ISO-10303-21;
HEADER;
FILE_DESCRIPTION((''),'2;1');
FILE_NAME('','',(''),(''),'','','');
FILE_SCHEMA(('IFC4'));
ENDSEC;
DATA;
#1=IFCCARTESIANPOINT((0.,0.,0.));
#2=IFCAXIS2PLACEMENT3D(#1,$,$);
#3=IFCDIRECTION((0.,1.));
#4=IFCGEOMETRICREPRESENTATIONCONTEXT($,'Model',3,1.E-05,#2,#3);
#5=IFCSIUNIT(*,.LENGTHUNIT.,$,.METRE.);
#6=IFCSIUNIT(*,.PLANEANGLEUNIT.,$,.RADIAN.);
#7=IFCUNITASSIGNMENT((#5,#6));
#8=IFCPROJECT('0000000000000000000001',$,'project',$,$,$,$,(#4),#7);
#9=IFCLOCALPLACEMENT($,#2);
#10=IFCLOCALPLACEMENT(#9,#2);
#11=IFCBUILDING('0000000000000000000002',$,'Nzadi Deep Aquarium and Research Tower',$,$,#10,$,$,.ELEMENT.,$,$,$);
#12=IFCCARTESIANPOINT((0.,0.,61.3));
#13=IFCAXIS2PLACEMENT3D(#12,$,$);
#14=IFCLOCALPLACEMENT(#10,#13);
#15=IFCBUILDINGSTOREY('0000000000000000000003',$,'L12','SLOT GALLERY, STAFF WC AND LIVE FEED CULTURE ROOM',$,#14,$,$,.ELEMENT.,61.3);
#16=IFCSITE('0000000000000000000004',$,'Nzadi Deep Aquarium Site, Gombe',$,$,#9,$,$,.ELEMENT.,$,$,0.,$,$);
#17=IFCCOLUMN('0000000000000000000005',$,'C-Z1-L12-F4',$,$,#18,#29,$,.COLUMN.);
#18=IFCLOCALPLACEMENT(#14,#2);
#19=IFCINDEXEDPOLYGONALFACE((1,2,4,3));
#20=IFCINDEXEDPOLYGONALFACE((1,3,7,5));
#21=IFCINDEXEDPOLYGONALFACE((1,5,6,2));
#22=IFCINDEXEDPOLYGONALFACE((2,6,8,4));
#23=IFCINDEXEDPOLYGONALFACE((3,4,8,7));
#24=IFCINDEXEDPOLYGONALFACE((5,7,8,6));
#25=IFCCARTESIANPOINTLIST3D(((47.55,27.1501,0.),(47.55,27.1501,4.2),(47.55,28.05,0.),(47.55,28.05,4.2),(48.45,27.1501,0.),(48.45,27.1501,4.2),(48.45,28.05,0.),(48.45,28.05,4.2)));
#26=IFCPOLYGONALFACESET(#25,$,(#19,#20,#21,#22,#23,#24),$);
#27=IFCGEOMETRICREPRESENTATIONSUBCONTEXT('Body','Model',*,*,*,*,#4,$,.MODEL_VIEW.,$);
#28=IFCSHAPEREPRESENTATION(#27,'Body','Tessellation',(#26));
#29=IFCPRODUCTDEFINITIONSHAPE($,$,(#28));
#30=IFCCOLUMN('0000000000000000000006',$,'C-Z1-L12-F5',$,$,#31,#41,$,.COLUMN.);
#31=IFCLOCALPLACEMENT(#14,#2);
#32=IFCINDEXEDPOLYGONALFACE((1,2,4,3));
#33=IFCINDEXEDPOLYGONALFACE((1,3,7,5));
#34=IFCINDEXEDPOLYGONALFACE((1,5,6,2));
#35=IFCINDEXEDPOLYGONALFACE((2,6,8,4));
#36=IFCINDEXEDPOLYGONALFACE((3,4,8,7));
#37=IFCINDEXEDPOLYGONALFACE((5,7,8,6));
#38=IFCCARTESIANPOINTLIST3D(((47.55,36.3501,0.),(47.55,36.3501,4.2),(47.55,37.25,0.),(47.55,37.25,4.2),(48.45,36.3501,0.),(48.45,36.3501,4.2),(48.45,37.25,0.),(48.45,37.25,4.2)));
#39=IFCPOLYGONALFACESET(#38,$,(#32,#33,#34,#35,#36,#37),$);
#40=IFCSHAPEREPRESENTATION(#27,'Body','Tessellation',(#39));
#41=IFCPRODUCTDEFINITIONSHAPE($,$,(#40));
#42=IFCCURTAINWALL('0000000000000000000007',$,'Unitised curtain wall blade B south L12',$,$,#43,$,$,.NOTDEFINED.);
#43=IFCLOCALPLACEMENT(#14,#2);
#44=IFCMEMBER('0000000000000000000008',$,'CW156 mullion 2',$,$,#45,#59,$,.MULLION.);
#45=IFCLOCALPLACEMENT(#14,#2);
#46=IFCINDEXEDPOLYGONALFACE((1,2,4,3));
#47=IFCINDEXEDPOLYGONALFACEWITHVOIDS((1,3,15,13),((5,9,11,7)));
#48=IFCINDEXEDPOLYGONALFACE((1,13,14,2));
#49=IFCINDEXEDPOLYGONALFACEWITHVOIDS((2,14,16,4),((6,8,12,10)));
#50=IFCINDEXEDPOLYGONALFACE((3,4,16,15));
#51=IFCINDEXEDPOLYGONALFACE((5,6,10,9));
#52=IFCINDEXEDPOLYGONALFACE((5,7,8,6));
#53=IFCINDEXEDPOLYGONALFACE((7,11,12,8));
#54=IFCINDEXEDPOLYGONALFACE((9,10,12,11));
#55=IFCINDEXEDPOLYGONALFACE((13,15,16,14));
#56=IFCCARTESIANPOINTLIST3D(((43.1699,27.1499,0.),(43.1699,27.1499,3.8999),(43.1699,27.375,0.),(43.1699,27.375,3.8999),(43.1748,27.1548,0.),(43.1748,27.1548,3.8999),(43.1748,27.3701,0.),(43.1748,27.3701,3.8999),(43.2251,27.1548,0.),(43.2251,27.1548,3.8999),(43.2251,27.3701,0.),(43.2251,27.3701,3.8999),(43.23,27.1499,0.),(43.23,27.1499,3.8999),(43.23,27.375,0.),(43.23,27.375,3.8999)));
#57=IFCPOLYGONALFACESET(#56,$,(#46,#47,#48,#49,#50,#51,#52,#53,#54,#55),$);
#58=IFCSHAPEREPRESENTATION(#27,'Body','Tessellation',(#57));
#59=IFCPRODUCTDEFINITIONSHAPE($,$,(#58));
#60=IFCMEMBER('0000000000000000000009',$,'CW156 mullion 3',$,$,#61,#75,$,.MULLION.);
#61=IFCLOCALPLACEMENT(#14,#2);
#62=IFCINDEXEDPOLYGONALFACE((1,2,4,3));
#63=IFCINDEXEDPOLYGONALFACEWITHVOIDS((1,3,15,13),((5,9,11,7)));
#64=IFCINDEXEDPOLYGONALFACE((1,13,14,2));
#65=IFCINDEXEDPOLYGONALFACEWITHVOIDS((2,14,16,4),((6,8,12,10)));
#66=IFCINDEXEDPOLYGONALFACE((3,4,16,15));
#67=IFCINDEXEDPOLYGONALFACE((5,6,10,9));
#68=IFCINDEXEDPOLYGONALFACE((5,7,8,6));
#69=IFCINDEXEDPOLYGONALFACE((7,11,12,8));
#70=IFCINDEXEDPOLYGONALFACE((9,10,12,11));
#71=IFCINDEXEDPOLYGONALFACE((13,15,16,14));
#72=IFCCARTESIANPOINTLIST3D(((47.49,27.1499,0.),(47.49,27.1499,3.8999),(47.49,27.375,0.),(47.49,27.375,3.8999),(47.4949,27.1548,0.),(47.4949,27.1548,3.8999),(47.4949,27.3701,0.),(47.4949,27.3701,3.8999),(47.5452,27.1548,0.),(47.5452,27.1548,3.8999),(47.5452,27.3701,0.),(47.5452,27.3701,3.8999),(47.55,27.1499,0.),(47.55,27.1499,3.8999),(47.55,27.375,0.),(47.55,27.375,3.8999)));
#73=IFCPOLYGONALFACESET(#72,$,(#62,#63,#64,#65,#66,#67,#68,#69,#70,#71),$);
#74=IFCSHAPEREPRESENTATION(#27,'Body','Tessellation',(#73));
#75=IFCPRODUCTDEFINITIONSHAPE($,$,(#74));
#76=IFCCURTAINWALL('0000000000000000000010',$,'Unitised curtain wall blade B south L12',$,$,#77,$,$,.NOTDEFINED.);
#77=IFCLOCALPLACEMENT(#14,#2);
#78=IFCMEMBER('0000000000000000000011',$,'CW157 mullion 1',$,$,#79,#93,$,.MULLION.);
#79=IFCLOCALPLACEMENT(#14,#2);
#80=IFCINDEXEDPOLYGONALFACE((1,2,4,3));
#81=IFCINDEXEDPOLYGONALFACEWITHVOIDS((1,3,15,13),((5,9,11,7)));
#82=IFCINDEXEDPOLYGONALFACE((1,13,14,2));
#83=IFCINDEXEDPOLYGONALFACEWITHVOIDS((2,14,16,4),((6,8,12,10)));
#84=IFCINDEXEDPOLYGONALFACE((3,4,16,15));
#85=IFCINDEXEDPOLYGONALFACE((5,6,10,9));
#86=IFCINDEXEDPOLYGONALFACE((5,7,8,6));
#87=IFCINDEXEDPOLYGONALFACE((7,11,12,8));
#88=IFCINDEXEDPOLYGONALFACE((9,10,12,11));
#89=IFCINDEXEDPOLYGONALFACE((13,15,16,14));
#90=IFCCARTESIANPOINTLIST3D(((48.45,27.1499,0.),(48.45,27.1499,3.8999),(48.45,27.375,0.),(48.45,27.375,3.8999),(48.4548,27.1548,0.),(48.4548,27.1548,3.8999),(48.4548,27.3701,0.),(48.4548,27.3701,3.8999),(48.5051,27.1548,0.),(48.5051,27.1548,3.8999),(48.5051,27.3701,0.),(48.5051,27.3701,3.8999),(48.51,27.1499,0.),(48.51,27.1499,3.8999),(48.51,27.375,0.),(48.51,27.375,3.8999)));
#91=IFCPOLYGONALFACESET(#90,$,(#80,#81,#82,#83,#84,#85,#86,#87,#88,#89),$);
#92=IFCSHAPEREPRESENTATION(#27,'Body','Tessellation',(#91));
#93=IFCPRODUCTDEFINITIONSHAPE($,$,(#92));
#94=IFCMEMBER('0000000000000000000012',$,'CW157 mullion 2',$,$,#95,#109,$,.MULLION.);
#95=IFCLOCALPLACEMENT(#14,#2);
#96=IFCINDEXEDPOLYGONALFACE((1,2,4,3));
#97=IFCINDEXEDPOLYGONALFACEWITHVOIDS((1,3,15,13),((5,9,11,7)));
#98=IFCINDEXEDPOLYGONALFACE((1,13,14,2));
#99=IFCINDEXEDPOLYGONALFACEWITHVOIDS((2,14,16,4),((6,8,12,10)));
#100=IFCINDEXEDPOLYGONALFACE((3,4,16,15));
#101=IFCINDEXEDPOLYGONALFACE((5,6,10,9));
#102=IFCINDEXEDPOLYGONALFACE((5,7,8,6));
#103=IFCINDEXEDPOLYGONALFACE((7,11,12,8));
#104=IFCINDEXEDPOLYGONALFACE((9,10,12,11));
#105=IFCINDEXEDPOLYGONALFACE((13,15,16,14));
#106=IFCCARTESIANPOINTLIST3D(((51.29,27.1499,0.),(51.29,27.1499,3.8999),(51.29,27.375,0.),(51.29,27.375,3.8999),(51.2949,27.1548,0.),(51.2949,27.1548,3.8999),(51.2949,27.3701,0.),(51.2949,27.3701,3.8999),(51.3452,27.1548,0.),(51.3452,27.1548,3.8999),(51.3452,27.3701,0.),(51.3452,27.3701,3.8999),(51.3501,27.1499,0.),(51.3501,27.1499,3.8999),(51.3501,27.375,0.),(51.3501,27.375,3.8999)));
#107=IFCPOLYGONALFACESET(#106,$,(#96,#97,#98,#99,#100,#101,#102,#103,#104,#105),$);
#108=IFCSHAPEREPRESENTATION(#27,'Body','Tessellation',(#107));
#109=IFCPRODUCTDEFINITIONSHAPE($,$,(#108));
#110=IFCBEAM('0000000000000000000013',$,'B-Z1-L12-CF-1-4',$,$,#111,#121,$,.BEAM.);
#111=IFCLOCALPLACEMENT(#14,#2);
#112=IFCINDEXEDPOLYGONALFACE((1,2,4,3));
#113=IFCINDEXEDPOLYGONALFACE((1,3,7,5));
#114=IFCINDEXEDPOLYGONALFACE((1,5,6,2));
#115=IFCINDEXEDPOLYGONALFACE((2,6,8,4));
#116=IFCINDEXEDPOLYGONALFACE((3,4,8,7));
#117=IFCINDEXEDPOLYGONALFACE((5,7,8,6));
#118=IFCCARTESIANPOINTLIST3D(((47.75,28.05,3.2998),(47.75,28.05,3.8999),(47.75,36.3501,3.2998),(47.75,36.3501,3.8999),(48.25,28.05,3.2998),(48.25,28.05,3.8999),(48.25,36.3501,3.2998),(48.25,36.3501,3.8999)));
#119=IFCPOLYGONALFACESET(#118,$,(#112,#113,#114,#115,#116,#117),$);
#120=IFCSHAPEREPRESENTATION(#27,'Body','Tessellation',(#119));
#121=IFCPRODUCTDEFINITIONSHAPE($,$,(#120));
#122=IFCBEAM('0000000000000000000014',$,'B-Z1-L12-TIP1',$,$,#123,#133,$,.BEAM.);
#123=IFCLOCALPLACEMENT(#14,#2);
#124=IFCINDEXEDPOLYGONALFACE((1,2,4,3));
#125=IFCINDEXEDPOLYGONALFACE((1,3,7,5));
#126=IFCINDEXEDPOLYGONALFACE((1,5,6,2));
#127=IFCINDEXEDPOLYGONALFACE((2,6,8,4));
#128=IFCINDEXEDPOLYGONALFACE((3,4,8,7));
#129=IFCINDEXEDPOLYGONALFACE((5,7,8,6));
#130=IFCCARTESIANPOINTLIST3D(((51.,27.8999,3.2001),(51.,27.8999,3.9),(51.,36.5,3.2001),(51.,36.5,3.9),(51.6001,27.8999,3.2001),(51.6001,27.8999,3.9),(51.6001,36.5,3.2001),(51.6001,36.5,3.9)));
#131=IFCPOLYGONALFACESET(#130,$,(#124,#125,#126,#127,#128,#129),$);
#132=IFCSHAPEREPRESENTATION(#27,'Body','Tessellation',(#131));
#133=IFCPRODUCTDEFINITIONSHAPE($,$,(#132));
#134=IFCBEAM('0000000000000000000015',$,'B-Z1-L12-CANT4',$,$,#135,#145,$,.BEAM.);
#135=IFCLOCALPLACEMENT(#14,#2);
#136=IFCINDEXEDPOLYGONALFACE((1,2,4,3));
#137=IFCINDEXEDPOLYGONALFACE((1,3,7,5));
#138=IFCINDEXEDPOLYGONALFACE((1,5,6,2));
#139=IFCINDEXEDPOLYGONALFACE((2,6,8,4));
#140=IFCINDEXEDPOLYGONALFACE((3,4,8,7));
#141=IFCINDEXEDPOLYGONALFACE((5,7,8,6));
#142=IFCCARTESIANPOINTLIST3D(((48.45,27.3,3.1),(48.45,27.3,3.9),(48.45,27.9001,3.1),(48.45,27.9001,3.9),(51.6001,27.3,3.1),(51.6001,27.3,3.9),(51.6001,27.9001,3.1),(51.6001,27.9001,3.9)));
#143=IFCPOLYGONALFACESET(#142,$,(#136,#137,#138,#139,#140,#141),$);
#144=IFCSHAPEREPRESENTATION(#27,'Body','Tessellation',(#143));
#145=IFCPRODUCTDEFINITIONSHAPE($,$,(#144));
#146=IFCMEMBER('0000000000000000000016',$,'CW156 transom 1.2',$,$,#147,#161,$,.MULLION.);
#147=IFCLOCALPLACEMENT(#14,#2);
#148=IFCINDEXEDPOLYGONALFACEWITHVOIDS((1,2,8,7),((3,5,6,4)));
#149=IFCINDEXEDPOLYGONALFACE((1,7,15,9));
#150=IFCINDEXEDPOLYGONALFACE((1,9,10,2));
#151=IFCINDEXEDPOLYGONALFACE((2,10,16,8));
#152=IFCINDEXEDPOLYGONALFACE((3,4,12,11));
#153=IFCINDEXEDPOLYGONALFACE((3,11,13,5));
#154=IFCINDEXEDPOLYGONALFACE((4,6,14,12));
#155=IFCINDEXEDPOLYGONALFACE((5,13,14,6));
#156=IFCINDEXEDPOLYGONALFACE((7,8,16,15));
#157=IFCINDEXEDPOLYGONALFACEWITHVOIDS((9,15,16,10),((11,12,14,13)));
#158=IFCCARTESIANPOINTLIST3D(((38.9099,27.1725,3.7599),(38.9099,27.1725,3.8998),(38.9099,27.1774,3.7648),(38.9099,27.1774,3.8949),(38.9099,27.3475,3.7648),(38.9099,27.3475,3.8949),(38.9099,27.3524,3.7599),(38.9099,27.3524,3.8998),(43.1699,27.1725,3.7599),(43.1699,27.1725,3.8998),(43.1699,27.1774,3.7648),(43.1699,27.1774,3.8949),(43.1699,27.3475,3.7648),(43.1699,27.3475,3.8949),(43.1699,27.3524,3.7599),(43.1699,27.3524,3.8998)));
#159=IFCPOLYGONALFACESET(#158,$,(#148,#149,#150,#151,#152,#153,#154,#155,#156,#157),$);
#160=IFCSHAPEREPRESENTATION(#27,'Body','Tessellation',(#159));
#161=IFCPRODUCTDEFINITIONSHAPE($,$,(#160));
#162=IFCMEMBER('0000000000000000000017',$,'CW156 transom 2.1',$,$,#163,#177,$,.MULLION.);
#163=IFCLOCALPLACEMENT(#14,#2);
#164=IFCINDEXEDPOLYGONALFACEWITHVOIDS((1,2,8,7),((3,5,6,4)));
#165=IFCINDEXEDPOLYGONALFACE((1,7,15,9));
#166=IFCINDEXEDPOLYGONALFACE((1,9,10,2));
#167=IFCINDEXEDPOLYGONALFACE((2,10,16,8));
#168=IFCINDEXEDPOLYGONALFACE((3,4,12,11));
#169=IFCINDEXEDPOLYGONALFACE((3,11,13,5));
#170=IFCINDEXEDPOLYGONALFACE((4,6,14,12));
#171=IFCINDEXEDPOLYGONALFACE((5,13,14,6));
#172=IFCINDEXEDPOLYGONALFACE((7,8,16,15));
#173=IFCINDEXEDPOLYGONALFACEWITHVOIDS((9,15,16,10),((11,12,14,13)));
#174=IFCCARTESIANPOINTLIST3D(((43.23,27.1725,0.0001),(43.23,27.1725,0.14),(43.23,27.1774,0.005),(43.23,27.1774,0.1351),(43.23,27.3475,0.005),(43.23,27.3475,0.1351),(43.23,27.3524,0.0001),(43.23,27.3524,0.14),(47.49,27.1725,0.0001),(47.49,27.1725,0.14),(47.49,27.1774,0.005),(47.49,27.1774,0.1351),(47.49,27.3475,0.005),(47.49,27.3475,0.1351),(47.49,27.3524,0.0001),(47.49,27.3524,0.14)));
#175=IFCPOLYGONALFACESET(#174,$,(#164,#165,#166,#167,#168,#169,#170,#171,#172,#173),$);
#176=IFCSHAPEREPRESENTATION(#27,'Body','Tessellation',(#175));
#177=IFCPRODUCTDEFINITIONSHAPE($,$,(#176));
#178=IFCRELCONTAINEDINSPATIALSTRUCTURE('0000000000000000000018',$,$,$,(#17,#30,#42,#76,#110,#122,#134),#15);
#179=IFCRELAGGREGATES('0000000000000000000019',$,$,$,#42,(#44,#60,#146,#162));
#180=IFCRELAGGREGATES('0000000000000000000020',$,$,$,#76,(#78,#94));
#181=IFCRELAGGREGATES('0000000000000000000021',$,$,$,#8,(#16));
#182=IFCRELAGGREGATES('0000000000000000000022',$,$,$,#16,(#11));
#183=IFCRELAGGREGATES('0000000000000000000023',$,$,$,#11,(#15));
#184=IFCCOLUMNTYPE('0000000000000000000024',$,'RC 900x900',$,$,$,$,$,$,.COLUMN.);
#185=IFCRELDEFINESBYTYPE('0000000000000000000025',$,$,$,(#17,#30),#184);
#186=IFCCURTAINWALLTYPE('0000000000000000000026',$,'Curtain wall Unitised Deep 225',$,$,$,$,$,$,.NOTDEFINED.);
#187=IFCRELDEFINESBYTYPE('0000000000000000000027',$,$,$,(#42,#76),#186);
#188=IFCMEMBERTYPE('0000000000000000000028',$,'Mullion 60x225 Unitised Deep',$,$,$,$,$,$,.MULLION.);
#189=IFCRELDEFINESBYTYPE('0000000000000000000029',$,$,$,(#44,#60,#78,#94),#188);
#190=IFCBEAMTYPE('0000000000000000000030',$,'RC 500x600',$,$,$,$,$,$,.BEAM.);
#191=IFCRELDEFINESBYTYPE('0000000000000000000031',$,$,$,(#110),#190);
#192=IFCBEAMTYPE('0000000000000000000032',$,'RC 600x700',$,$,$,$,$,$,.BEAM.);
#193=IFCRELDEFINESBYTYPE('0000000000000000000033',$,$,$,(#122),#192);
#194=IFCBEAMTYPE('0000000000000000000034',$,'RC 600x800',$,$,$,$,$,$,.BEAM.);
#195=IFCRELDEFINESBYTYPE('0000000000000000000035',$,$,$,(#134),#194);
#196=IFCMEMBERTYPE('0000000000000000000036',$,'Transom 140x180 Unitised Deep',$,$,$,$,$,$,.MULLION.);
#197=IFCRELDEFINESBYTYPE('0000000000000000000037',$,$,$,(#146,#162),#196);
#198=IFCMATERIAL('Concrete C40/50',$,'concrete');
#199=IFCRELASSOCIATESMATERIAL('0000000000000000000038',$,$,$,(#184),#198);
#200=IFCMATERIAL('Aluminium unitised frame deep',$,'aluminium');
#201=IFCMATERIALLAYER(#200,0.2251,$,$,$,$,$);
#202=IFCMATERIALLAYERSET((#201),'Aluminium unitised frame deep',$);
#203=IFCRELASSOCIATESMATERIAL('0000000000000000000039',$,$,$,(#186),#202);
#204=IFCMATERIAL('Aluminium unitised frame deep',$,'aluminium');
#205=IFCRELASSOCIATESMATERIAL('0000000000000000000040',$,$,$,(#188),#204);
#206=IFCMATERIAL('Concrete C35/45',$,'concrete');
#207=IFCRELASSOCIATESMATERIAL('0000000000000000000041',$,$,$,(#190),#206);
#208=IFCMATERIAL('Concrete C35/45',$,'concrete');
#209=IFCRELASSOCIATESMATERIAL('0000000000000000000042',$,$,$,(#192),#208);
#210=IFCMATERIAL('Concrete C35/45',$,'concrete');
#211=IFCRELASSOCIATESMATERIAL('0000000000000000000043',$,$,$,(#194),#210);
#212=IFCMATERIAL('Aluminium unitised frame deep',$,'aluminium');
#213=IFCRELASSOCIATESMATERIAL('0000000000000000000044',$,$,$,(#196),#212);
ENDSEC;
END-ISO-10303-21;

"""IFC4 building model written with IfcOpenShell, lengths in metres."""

from ifc_helpers import new_model, si_unit, direction, frame, origin, origin_2d, place, context, subcontext, project, spatial, rectangle, hollow_rectangle, extrude, material, layer, layer_set, material_profile, profile_set, type_object, element, aggregate, save


model = new_model("IFC4")

# Units and contexts
model_context = context("Model", 3, precision=1e-05, world=origin(), true_north=direction((0.0, 1.0)))
body_context = subcontext(model_context, "Body", "Model", "MODEL_VIEW")
ifc_project = project(units=[si_unit("LENGTHUNIT", "METRE"), si_unit("PLANEANGLEUNIT", "RADIAN")], contexts=[model_context])

# Site, building, storey
site_placement = place(None, origin())
site = spatial("IfcSite", under=ifc_project, at=site_placement, Name="Nzadi Deep Aquarium Site, Gombe", CompositionType="ELEMENT", RefElevation=0.0)
building_placement = place(site_placement, origin())
building = spatial("IfcBuilding", under=site, at=building_placement, Name="Nzadi Deep Aquarium and Research Tower", CompositionType="ELEMENT")
storey_placement = place(building_placement, frame((0.0, 0.0, 61.3)))
storey = spatial("IfcBuildingStorey", under=building, at=storey_placement, Name="L12", Description="SLOT GALLERY, STAFF WC AND LIVE FEED CULTURE ROOM", CompositionType="ELEMENT", Elevation=61.3)

# Columns
ifc_material_1 = material(Name="Concrete C40/50", Category="concrete")
ifc_material_profile_1 = material_profile(ifc_material_1, rectangle(XDim=0.8999, YDim=0.8999, at=origin_2d()))
ifc_profile_set_1 = profile_set([ifc_material_profile_1], Name="Concrete C40/50")
column_type = type_object("IfcColumnType", Name="RC 900x900", PredefinedType="COLUMN", material=ifc_profile_set_1)
for number, where, z_axis, x_axis, name in (
    (1, (48.0, 27.6001, 0.0), (0.0, 0.0, 1.0), (1.0, 0.0, 0.0), "C-Z1-L12-F4"),
    (2, (48.0, 36.8, 0.0), (0.0, 0.0, 1.0), (1.0, 0.0, 0.0), "C-Z1-L12-F5"),
):
    element("IfcColumn", number, at=place(storey_placement, frame(where, z_axis=z_axis, x_axis=x_axis)), inside=storey, type_object=column_type, Name=name, PredefinedType="COLUMN", context=body_context, shape_type="SweptSolid", body=[
        extrude(rectangle(XDim=0.8999, YDim=0.8999, at=origin_2d()), origin(), (0.0, 0.0, 1.0), 4.2),
    ])

# Curtain walls, members
ifc_material_2 = material(Name="Aluminium unitised frame deep", Category="aluminium")
ifc_layer_1 = layer(ifc_material_2, 0.2251)
ifc_layer_set_1 = layer_set([ifc_layer_1], Name="Aluminium unitised frame deep")
curtain_wall_type = type_object("IfcCurtainWallType", Name="Curtain wall Unitised Deep 225", PredefinedType="NOTDEFINED", material=ifc_layer_set_1)
curtain_wall_1_placement = place(storey_placement, origin())
curtain_wall_1 = element("IfcCurtainWall", 3, at=curtain_wall_1_placement, inside=storey, type_object=curtain_wall_type, Name="Unitised curtain wall blade B south L12", PredefinedType="NOTDEFINED")
ifc_material_3 = material(Name="Aluminium unitised frame deep", Category="aluminium")
ifc_material_profile_2 = material_profile(ifc_material_3, hollow_rectangle(XDim=0.2251, YDim=0.0601, WallThickness=0.0049, at=origin_2d()))
ifc_profile_set_2 = profile_set([ifc_material_profile_2], Name="Aluminium unitised frame deep")
member_type_1 = type_object("IfcMemberType", Name="Mullion 60x225 Unitised Deep", PredefinedType="MULLION", material=ifc_profile_set_2)
member_1_placement = place(storey_placement, frame((43.2, 27.2625, 0.0), z_axis=(0.0, 0.0, 1.0), x_axis=(0.0, 1.0, 0.0)))
member_1 = element("IfcMember", 4, at=member_1_placement, type_object=member_type_1, Name="CW156 mullion 2", PredefinedType="MULLION", context=body_context, shape_type="SweptSolid", body=[
    extrude(hollow_rectangle(XDim=0.2251, YDim=0.0601, WallThickness=0.0049, at=origin_2d()), origin(), (0.0, 0.0, 1.0), 3.8999),
])
member_2_placement = place(storey_placement, frame((47.52, 27.2625, 0.0), z_axis=(0.0, 0.0, 1.0), x_axis=(0.0, 1.0, 0.0)))
member_2 = element("IfcMember", 5, at=member_2_placement, type_object=member_type_1, Name="CW156 mullion 3", PredefinedType="MULLION", context=body_context, shape_type="SweptSolid", body=[
    extrude(hollow_rectangle(XDim=0.2251, YDim=0.0601, WallThickness=0.0049, at=origin_2d()), origin(), (0.0, 0.0, 1.0), 3.8999),
])
curtain_wall_2_placement = place(storey_placement, origin())
curtain_wall_2 = element("IfcCurtainWall", 6, at=curtain_wall_2_placement, inside=storey, type_object=curtain_wall_type, Name="Unitised curtain wall blade B south L12", PredefinedType="NOTDEFINED")
member_3_placement = place(storey_placement, frame((48.48, 27.2625, 0.0), z_axis=(0.0, 0.0, 1.0), x_axis=(0.0, 1.0, 0.0)))
member_3 = element("IfcMember", 7, at=member_3_placement, type_object=member_type_1, Name="CW157 mullion 1", PredefinedType="MULLION", context=body_context, shape_type="SweptSolid", body=[
    extrude(hollow_rectangle(XDim=0.2251, YDim=0.0601, WallThickness=0.0049, at=origin_2d()), origin(), (0.0, 0.0, 1.0), 3.8999),
])
member_4_placement = place(storey_placement, frame((51.3201, 27.2625, 0.0), z_axis=(0.0, 0.0, 1.0), x_axis=(0.0, 1.0, 0.0)))
member_4 = element("IfcMember", 8, at=member_4_placement, type_object=member_type_1, Name="CW157 mullion 2", PredefinedType="MULLION", context=body_context, shape_type="SweptSolid", body=[
    extrude(hollow_rectangle(XDim=0.2251, YDim=0.0601, WallThickness=0.0049, at=origin_2d()), origin(), (0.0, 0.0, 1.0), 3.8999),
])

# Beams
ifc_material_4 = material(Name="Concrete C35/45", Category="concrete")
ifc_material_profile_3 = material_profile(ifc_material_4, rectangle(XDim=0.5, YDim=0.6001, at=origin_2d()))
ifc_profile_set_3 = profile_set([ifc_material_profile_3], Name="Concrete C35/45")
beam_type_1 = type_object("IfcBeamType", Name="RC 500x600", PredefinedType="BEAM", material=ifc_profile_set_3)
beam_1_placement = place(storey_placement, frame((48.0, 28.05, 3.5999), z_axis=(0.0, 1.0, 0.0), x_axis=(-1.0, 0.0, 0.0)))
element("IfcBeam", 9, at=beam_1_placement, inside=storey, type_object=beam_type_1, Name="B-Z1-L12-CF-1-4", PredefinedType="BEAM", context=body_context, shape_type="SweptSolid", body=[
    extrude(rectangle(XDim=0.5, YDim=0.6001, at=origin_2d()), origin(), (0.0, 0.0, 1.0), 8.3),
])
ifc_material_5 = material(Name="Concrete C35/45", Category="concrete")
ifc_material_profile_4 = material_profile(ifc_material_5, rectangle(XDim=0.6001, YDim=0.7, at=origin_2d()))
ifc_profile_set_4 = profile_set([ifc_material_profile_4], Name="Concrete C35/45")
beam_type_2 = type_object("IfcBeamType", Name="RC 600x700", PredefinedType="BEAM", material=ifc_profile_set_4)
beam_2_placement = place(storey_placement, frame((51.3, 27.8999, 3.55), z_axis=(0.0, 1.0, 0.0), x_axis=(-1.0, 0.0, 0.0)))
element("IfcBeam", 10, at=beam_2_placement, inside=storey, type_object=beam_type_2, Name="B-Z1-L12-TIP1", PredefinedType="BEAM", context=body_context, shape_type="SweptSolid", body=[
    extrude(rectangle(XDim=0.6001, YDim=0.7, at=origin_2d()), origin(), (0.0, 0.0, 1.0), 8.6001),
])
ifc_material_6 = material(Name="Concrete C35/45", Category="concrete")
ifc_material_profile_5 = material_profile(ifc_material_6, rectangle(XDim=0.6001, YDim=0.8, at=origin_2d()))
ifc_profile_set_5 = profile_set([ifc_material_profile_5], Name="Concrete C35/45")
beam_type_3 = type_object("IfcBeamType", Name="RC 600x800", PredefinedType="BEAM", material=ifc_profile_set_5)
beam_3_placement = place(storey_placement, frame((48.45, 27.6001, 3.5), z_axis=(1.0, 0.0, 0.0), x_axis=(0.0, 1.0, 0.0)))
element("IfcBeam", 11, at=beam_3_placement, inside=storey, type_object=beam_type_3, Name="B-Z1-L12-CANT4", PredefinedType="BEAM", context=body_context, shape_type="SweptSolid", body=[
    extrude(rectangle(XDim=0.6001, YDim=0.8, at=origin_2d()), origin(), (0.0, 0.0, 1.0), 3.1501),
])

# Members
ifc_material_7 = material(Name="Aluminium unitised frame deep", Category="aluminium")
ifc_material_profile_6 = material_profile(ifc_material_7, hollow_rectangle(XDim=0.1799, YDim=0.1399, WallThickness=0.0049, at=origin_2d()))
ifc_profile_set_6 = profile_set([ifc_material_profile_6], Name="Aluminium unitised frame deep")
member_type_2 = type_object("IfcMemberType", Name="Transom 140x180 Unitised Deep", PredefinedType="MULLION", material=ifc_profile_set_6)
member_5_placement = place(storey_placement, frame((38.9099, 27.2625, 3.8298), z_axis=(1.0, 0.0, 0.0), x_axis=(0.0, 1.0, 0.0)))
member_5 = element("IfcMember", 12, at=member_5_placement, type_object=member_type_2, Name="CW156 transom 1.2", PredefinedType="MULLION", context=body_context, shape_type="SweptSolid", body=[
    extrude(hollow_rectangle(XDim=0.1799, YDim=0.1399, WallThickness=0.0049, at=origin_2d()), origin(), (0.0, 0.0, 1.0), 4.26),
])
member_6_placement = place(storey_placement, frame((43.23, 27.2625, 0.0701), z_axis=(1.0, 0.0, 0.0), x_axis=(0.0, 1.0, 0.0)))
member_6 = element("IfcMember", 13, at=member_6_placement, type_object=member_type_2, Name="CW156 transom 2.1", PredefinedType="MULLION", context=body_context, shape_type="SweptSolid", body=[
    extrude(hollow_rectangle(XDim=0.1799, YDim=0.1399, WallThickness=0.0049, at=origin_2d()), origin(), (0.0, 0.0, 1.0), 4.26),
])

aggregate(curtain_wall_1, [member_1, member_2, member_5, member_6])
aggregate(curtain_wall_2, [member_3, member_4])

save(model, "model.ifc")
